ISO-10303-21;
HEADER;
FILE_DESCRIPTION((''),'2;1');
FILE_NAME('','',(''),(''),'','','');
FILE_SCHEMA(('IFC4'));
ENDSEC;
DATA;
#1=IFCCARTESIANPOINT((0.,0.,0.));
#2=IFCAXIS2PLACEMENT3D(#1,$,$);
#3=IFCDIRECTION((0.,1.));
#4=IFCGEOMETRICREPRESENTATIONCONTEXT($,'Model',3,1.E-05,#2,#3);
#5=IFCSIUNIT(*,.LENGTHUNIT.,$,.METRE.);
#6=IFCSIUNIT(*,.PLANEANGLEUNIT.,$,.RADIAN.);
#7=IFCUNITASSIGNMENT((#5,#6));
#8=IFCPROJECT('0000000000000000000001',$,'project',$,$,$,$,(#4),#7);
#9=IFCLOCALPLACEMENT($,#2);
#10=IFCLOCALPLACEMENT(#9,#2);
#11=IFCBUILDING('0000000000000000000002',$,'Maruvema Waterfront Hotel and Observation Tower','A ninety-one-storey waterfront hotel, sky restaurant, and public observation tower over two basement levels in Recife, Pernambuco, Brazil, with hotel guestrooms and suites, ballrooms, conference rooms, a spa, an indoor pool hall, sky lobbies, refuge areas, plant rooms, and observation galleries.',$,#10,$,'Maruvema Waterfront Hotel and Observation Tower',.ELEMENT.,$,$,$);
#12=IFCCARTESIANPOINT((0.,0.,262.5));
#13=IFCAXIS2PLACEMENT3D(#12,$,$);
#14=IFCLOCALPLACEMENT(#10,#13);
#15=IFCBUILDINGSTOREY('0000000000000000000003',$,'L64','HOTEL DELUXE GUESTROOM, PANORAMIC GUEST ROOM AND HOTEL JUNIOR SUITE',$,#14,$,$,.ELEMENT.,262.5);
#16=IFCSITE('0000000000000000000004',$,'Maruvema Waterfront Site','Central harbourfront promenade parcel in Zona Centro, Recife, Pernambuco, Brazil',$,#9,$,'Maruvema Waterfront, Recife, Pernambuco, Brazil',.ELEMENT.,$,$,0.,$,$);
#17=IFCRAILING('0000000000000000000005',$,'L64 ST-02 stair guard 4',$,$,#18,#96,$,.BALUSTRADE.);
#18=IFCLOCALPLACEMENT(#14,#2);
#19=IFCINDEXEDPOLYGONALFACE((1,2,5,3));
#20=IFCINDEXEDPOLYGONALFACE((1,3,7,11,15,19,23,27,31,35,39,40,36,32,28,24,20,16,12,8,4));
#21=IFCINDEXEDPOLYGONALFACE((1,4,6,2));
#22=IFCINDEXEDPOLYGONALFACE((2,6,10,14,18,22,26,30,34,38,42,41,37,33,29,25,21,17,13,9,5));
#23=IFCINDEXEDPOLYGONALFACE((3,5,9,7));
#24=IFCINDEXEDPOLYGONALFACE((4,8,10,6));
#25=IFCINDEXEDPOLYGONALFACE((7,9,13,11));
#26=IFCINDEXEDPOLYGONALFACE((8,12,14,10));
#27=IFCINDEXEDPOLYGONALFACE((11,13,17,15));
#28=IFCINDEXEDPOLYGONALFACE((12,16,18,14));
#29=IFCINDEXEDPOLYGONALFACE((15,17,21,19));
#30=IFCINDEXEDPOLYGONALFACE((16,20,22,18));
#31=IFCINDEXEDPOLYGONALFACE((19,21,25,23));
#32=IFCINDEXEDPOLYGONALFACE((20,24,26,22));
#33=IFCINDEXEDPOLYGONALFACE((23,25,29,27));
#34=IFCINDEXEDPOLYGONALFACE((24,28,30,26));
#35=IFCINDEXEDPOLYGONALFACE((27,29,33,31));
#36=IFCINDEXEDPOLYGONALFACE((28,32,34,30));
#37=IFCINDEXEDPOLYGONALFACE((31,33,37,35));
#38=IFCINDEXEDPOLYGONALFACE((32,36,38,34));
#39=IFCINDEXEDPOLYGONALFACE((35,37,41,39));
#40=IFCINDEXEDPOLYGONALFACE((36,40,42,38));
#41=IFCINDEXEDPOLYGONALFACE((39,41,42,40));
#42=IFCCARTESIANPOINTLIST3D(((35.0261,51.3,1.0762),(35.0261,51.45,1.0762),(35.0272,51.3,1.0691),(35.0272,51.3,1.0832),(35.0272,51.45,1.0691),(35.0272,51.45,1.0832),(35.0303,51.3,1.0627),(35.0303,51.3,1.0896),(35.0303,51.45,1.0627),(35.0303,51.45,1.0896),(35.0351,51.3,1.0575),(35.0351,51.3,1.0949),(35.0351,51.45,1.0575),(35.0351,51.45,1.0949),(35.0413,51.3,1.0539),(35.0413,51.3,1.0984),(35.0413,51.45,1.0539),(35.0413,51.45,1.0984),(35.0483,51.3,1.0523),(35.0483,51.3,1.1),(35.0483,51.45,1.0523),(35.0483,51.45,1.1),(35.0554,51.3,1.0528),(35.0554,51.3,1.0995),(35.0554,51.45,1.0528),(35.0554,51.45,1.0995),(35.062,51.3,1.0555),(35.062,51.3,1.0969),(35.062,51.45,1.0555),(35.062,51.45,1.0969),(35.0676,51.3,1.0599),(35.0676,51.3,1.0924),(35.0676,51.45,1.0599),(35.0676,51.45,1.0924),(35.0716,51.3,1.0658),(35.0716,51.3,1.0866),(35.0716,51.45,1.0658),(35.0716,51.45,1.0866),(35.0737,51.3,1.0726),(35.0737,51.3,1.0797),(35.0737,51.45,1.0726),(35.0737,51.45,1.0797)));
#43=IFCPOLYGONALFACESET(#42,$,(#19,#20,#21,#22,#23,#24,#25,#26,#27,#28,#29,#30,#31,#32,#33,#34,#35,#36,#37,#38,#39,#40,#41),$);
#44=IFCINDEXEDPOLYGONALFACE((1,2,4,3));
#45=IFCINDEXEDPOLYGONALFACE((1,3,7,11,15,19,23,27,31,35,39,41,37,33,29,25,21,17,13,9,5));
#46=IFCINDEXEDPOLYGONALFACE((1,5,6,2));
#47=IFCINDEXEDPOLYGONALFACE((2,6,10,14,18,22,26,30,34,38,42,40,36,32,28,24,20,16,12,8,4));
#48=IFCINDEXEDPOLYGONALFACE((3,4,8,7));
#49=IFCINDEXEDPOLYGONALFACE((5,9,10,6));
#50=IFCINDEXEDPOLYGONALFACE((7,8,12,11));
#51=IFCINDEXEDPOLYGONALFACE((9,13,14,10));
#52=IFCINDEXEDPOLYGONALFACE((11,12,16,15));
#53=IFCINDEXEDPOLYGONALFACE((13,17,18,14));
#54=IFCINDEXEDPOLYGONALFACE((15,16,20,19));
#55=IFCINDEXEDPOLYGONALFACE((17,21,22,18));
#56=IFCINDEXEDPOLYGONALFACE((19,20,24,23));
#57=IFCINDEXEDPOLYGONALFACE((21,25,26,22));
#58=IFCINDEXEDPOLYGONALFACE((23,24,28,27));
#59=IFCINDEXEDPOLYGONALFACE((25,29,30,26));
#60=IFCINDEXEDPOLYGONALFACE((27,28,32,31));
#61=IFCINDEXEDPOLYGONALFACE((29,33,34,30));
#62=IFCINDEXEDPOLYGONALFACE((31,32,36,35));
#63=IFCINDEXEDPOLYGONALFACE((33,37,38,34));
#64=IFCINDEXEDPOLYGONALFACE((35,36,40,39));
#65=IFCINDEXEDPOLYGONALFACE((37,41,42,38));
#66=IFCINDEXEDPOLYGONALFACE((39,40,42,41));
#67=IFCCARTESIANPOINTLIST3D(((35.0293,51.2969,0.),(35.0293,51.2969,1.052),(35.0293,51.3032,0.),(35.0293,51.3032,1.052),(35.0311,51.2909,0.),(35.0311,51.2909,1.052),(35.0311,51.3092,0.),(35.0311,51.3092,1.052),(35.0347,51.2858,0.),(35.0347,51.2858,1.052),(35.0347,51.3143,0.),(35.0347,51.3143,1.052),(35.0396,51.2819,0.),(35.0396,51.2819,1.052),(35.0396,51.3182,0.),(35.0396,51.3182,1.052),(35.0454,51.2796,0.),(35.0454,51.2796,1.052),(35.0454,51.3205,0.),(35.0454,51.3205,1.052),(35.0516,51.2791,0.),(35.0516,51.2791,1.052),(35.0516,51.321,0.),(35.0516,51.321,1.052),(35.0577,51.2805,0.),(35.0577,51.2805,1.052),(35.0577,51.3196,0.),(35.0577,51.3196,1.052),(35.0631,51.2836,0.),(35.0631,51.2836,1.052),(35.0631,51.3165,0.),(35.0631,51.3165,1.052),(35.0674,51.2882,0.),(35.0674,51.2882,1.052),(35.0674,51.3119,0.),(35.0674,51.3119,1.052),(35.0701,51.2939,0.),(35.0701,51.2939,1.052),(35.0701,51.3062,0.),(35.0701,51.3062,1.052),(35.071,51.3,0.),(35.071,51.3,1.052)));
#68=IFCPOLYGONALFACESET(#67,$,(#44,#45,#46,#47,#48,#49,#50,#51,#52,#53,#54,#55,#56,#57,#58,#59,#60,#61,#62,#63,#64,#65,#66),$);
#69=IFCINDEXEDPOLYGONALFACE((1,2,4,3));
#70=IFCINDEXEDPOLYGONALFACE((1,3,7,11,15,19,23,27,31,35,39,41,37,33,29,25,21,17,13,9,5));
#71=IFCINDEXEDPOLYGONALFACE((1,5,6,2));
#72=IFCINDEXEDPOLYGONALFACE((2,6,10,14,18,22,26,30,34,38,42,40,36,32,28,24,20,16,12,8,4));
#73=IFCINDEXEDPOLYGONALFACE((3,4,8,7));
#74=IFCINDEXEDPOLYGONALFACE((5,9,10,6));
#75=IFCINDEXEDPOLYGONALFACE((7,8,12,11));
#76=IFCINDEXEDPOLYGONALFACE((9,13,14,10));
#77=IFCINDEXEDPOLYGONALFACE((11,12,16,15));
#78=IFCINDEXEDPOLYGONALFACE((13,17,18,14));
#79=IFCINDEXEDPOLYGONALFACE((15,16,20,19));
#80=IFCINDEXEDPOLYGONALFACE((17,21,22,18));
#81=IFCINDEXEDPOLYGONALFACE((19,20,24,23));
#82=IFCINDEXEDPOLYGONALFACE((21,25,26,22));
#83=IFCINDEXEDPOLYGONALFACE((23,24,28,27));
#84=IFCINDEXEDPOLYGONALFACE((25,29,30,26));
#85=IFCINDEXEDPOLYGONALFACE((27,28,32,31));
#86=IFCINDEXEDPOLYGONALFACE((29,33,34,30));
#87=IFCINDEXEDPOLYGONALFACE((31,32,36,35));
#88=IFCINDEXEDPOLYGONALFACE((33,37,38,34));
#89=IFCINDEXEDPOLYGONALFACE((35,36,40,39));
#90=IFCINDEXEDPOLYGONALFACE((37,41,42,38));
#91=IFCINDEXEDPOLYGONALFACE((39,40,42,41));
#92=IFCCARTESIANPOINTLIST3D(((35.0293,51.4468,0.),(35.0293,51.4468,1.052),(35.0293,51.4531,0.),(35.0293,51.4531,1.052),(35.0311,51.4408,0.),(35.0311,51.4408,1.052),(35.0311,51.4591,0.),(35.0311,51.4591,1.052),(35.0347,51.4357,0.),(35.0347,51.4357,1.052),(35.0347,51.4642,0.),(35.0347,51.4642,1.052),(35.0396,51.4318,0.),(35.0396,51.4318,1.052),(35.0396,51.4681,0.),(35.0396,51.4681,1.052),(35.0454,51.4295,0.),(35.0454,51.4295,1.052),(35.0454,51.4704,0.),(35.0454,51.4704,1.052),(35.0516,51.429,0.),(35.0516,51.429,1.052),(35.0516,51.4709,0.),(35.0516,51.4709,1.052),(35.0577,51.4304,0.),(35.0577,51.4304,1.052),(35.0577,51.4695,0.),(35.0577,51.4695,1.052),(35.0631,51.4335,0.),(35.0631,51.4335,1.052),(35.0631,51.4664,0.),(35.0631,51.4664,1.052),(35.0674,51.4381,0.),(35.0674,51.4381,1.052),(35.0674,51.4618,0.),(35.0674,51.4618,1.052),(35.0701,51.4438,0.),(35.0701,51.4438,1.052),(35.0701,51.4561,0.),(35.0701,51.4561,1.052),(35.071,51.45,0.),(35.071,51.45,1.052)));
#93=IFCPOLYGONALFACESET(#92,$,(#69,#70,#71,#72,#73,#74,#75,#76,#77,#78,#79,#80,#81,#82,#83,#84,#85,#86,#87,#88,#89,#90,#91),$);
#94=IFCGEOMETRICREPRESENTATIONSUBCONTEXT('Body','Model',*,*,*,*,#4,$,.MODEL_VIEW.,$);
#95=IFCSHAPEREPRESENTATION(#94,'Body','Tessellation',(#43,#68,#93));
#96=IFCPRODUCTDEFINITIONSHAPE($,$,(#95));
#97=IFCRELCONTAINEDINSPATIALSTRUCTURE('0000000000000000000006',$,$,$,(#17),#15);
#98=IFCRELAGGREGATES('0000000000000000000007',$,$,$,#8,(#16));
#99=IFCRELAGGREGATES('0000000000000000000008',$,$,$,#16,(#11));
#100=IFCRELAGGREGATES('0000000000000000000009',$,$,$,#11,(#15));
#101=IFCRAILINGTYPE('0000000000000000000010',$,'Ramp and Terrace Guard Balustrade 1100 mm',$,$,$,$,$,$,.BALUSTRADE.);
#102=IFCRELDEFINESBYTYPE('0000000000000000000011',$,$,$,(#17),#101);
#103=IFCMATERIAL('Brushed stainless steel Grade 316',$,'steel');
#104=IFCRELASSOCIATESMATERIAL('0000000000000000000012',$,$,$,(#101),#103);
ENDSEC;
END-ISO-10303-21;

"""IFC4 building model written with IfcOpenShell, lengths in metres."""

from ifc_helpers import new_model, si_unit, direction, frame, origin, origin_2d, place, context, subcontext, project, spatial, circle, extrude, material, type_object, element, save


model = new_model("IFC4")

# Units and contexts
model_context = context("Model", 3, precision=1e-05, world=origin(), true_north=direction((0.0, 1.0)))
body_context = subcontext(model_context, "Body", "Model", "MODEL_VIEW")
ifc_project = project(units=[si_unit("LENGTHUNIT", "METRE"), si_unit("PLANEANGLEUNIT", "RADIAN")], contexts=[model_context])

# Site, building, storey
site_placement = place(None, origin())
site = spatial("IfcSite", under=ifc_project, at=site_placement, Name="Maruvema Waterfront Site", Description="Central harbourfront promenade parcel in Zona Centro, Recife, Pernambuco, Brazil", LongName="Maruvema Waterfront, Recife, Pernambuco, Brazil", CompositionType="ELEMENT", RefElevation=0.0)
building_placement = place(site_placement, origin())
building = spatial("IfcBuilding", under=site, at=building_placement, Name="Maruvema Waterfront Hotel and Observation Tower", Description="A ninety-one-storey waterfront hotel, sky restaurant, and public observation tower over two basement levels in Recife, Pernambuco, Brazil, with hotel guestrooms and suites, ballrooms, conference rooms, a spa, an indoor pool hall, sky lobbies, refuge areas, plant rooms, and observation galleries.", LongName="Maruvema Waterfront Hotel and Observation Tower", CompositionType="ELEMENT")
storey_placement = place(building_placement, frame((0.0, 0.0, 262.5)))
storey = spatial("IfcBuildingStorey", under=building, at=storey_placement, Name="L64", Description="HOTEL DELUXE GUESTROOM, PANORAMIC GUEST ROOM AND HOTEL JUNIOR SUITE", CompositionType="ELEMENT", Elevation=262.5)

# Railing
ifc_material_1 = material(Name="Brushed stainless steel Grade 316", Category="steel")
railing_type_1 = type_object("IfcRailingType", Name="Ramp and Terrace Guard Balustrade 1100 mm", PredefinedType="BALUSTRADE", material=ifc_material_1)
railing_1_placement = place(storey_placement, frame((35.05, 51.3, 0.0)))
element("IfcRailing", 1, at=railing_1_placement, inside=storey, type_object=railing_type_1, Name="L64 ST-02 stair guard 4", PredefinedType="BALUSTRADE", context=body_context, shape_type="SweptSolid", body=[
    extrude(circle(Radius=0.0239, at=origin_2d()), frame((0.0, 0.0, 1.0762), z_axis=(0.0, 1.0, 0.0), x_axis=(-1.0, 0.0, 0.0)), (0.0, 0.0, 1.0), 0.1499),
    extrude(circle(Radius=0.021, at=origin_2d()), origin(), (0.0, 0.0, 1.0), 1.052),
    extrude(circle(Radius=0.021, at=origin_2d()), frame((0.0, 0.1499, 0.0)), (0.0, 0.0, 1.0), 1.052),
])

save(model, "model.ifc")
